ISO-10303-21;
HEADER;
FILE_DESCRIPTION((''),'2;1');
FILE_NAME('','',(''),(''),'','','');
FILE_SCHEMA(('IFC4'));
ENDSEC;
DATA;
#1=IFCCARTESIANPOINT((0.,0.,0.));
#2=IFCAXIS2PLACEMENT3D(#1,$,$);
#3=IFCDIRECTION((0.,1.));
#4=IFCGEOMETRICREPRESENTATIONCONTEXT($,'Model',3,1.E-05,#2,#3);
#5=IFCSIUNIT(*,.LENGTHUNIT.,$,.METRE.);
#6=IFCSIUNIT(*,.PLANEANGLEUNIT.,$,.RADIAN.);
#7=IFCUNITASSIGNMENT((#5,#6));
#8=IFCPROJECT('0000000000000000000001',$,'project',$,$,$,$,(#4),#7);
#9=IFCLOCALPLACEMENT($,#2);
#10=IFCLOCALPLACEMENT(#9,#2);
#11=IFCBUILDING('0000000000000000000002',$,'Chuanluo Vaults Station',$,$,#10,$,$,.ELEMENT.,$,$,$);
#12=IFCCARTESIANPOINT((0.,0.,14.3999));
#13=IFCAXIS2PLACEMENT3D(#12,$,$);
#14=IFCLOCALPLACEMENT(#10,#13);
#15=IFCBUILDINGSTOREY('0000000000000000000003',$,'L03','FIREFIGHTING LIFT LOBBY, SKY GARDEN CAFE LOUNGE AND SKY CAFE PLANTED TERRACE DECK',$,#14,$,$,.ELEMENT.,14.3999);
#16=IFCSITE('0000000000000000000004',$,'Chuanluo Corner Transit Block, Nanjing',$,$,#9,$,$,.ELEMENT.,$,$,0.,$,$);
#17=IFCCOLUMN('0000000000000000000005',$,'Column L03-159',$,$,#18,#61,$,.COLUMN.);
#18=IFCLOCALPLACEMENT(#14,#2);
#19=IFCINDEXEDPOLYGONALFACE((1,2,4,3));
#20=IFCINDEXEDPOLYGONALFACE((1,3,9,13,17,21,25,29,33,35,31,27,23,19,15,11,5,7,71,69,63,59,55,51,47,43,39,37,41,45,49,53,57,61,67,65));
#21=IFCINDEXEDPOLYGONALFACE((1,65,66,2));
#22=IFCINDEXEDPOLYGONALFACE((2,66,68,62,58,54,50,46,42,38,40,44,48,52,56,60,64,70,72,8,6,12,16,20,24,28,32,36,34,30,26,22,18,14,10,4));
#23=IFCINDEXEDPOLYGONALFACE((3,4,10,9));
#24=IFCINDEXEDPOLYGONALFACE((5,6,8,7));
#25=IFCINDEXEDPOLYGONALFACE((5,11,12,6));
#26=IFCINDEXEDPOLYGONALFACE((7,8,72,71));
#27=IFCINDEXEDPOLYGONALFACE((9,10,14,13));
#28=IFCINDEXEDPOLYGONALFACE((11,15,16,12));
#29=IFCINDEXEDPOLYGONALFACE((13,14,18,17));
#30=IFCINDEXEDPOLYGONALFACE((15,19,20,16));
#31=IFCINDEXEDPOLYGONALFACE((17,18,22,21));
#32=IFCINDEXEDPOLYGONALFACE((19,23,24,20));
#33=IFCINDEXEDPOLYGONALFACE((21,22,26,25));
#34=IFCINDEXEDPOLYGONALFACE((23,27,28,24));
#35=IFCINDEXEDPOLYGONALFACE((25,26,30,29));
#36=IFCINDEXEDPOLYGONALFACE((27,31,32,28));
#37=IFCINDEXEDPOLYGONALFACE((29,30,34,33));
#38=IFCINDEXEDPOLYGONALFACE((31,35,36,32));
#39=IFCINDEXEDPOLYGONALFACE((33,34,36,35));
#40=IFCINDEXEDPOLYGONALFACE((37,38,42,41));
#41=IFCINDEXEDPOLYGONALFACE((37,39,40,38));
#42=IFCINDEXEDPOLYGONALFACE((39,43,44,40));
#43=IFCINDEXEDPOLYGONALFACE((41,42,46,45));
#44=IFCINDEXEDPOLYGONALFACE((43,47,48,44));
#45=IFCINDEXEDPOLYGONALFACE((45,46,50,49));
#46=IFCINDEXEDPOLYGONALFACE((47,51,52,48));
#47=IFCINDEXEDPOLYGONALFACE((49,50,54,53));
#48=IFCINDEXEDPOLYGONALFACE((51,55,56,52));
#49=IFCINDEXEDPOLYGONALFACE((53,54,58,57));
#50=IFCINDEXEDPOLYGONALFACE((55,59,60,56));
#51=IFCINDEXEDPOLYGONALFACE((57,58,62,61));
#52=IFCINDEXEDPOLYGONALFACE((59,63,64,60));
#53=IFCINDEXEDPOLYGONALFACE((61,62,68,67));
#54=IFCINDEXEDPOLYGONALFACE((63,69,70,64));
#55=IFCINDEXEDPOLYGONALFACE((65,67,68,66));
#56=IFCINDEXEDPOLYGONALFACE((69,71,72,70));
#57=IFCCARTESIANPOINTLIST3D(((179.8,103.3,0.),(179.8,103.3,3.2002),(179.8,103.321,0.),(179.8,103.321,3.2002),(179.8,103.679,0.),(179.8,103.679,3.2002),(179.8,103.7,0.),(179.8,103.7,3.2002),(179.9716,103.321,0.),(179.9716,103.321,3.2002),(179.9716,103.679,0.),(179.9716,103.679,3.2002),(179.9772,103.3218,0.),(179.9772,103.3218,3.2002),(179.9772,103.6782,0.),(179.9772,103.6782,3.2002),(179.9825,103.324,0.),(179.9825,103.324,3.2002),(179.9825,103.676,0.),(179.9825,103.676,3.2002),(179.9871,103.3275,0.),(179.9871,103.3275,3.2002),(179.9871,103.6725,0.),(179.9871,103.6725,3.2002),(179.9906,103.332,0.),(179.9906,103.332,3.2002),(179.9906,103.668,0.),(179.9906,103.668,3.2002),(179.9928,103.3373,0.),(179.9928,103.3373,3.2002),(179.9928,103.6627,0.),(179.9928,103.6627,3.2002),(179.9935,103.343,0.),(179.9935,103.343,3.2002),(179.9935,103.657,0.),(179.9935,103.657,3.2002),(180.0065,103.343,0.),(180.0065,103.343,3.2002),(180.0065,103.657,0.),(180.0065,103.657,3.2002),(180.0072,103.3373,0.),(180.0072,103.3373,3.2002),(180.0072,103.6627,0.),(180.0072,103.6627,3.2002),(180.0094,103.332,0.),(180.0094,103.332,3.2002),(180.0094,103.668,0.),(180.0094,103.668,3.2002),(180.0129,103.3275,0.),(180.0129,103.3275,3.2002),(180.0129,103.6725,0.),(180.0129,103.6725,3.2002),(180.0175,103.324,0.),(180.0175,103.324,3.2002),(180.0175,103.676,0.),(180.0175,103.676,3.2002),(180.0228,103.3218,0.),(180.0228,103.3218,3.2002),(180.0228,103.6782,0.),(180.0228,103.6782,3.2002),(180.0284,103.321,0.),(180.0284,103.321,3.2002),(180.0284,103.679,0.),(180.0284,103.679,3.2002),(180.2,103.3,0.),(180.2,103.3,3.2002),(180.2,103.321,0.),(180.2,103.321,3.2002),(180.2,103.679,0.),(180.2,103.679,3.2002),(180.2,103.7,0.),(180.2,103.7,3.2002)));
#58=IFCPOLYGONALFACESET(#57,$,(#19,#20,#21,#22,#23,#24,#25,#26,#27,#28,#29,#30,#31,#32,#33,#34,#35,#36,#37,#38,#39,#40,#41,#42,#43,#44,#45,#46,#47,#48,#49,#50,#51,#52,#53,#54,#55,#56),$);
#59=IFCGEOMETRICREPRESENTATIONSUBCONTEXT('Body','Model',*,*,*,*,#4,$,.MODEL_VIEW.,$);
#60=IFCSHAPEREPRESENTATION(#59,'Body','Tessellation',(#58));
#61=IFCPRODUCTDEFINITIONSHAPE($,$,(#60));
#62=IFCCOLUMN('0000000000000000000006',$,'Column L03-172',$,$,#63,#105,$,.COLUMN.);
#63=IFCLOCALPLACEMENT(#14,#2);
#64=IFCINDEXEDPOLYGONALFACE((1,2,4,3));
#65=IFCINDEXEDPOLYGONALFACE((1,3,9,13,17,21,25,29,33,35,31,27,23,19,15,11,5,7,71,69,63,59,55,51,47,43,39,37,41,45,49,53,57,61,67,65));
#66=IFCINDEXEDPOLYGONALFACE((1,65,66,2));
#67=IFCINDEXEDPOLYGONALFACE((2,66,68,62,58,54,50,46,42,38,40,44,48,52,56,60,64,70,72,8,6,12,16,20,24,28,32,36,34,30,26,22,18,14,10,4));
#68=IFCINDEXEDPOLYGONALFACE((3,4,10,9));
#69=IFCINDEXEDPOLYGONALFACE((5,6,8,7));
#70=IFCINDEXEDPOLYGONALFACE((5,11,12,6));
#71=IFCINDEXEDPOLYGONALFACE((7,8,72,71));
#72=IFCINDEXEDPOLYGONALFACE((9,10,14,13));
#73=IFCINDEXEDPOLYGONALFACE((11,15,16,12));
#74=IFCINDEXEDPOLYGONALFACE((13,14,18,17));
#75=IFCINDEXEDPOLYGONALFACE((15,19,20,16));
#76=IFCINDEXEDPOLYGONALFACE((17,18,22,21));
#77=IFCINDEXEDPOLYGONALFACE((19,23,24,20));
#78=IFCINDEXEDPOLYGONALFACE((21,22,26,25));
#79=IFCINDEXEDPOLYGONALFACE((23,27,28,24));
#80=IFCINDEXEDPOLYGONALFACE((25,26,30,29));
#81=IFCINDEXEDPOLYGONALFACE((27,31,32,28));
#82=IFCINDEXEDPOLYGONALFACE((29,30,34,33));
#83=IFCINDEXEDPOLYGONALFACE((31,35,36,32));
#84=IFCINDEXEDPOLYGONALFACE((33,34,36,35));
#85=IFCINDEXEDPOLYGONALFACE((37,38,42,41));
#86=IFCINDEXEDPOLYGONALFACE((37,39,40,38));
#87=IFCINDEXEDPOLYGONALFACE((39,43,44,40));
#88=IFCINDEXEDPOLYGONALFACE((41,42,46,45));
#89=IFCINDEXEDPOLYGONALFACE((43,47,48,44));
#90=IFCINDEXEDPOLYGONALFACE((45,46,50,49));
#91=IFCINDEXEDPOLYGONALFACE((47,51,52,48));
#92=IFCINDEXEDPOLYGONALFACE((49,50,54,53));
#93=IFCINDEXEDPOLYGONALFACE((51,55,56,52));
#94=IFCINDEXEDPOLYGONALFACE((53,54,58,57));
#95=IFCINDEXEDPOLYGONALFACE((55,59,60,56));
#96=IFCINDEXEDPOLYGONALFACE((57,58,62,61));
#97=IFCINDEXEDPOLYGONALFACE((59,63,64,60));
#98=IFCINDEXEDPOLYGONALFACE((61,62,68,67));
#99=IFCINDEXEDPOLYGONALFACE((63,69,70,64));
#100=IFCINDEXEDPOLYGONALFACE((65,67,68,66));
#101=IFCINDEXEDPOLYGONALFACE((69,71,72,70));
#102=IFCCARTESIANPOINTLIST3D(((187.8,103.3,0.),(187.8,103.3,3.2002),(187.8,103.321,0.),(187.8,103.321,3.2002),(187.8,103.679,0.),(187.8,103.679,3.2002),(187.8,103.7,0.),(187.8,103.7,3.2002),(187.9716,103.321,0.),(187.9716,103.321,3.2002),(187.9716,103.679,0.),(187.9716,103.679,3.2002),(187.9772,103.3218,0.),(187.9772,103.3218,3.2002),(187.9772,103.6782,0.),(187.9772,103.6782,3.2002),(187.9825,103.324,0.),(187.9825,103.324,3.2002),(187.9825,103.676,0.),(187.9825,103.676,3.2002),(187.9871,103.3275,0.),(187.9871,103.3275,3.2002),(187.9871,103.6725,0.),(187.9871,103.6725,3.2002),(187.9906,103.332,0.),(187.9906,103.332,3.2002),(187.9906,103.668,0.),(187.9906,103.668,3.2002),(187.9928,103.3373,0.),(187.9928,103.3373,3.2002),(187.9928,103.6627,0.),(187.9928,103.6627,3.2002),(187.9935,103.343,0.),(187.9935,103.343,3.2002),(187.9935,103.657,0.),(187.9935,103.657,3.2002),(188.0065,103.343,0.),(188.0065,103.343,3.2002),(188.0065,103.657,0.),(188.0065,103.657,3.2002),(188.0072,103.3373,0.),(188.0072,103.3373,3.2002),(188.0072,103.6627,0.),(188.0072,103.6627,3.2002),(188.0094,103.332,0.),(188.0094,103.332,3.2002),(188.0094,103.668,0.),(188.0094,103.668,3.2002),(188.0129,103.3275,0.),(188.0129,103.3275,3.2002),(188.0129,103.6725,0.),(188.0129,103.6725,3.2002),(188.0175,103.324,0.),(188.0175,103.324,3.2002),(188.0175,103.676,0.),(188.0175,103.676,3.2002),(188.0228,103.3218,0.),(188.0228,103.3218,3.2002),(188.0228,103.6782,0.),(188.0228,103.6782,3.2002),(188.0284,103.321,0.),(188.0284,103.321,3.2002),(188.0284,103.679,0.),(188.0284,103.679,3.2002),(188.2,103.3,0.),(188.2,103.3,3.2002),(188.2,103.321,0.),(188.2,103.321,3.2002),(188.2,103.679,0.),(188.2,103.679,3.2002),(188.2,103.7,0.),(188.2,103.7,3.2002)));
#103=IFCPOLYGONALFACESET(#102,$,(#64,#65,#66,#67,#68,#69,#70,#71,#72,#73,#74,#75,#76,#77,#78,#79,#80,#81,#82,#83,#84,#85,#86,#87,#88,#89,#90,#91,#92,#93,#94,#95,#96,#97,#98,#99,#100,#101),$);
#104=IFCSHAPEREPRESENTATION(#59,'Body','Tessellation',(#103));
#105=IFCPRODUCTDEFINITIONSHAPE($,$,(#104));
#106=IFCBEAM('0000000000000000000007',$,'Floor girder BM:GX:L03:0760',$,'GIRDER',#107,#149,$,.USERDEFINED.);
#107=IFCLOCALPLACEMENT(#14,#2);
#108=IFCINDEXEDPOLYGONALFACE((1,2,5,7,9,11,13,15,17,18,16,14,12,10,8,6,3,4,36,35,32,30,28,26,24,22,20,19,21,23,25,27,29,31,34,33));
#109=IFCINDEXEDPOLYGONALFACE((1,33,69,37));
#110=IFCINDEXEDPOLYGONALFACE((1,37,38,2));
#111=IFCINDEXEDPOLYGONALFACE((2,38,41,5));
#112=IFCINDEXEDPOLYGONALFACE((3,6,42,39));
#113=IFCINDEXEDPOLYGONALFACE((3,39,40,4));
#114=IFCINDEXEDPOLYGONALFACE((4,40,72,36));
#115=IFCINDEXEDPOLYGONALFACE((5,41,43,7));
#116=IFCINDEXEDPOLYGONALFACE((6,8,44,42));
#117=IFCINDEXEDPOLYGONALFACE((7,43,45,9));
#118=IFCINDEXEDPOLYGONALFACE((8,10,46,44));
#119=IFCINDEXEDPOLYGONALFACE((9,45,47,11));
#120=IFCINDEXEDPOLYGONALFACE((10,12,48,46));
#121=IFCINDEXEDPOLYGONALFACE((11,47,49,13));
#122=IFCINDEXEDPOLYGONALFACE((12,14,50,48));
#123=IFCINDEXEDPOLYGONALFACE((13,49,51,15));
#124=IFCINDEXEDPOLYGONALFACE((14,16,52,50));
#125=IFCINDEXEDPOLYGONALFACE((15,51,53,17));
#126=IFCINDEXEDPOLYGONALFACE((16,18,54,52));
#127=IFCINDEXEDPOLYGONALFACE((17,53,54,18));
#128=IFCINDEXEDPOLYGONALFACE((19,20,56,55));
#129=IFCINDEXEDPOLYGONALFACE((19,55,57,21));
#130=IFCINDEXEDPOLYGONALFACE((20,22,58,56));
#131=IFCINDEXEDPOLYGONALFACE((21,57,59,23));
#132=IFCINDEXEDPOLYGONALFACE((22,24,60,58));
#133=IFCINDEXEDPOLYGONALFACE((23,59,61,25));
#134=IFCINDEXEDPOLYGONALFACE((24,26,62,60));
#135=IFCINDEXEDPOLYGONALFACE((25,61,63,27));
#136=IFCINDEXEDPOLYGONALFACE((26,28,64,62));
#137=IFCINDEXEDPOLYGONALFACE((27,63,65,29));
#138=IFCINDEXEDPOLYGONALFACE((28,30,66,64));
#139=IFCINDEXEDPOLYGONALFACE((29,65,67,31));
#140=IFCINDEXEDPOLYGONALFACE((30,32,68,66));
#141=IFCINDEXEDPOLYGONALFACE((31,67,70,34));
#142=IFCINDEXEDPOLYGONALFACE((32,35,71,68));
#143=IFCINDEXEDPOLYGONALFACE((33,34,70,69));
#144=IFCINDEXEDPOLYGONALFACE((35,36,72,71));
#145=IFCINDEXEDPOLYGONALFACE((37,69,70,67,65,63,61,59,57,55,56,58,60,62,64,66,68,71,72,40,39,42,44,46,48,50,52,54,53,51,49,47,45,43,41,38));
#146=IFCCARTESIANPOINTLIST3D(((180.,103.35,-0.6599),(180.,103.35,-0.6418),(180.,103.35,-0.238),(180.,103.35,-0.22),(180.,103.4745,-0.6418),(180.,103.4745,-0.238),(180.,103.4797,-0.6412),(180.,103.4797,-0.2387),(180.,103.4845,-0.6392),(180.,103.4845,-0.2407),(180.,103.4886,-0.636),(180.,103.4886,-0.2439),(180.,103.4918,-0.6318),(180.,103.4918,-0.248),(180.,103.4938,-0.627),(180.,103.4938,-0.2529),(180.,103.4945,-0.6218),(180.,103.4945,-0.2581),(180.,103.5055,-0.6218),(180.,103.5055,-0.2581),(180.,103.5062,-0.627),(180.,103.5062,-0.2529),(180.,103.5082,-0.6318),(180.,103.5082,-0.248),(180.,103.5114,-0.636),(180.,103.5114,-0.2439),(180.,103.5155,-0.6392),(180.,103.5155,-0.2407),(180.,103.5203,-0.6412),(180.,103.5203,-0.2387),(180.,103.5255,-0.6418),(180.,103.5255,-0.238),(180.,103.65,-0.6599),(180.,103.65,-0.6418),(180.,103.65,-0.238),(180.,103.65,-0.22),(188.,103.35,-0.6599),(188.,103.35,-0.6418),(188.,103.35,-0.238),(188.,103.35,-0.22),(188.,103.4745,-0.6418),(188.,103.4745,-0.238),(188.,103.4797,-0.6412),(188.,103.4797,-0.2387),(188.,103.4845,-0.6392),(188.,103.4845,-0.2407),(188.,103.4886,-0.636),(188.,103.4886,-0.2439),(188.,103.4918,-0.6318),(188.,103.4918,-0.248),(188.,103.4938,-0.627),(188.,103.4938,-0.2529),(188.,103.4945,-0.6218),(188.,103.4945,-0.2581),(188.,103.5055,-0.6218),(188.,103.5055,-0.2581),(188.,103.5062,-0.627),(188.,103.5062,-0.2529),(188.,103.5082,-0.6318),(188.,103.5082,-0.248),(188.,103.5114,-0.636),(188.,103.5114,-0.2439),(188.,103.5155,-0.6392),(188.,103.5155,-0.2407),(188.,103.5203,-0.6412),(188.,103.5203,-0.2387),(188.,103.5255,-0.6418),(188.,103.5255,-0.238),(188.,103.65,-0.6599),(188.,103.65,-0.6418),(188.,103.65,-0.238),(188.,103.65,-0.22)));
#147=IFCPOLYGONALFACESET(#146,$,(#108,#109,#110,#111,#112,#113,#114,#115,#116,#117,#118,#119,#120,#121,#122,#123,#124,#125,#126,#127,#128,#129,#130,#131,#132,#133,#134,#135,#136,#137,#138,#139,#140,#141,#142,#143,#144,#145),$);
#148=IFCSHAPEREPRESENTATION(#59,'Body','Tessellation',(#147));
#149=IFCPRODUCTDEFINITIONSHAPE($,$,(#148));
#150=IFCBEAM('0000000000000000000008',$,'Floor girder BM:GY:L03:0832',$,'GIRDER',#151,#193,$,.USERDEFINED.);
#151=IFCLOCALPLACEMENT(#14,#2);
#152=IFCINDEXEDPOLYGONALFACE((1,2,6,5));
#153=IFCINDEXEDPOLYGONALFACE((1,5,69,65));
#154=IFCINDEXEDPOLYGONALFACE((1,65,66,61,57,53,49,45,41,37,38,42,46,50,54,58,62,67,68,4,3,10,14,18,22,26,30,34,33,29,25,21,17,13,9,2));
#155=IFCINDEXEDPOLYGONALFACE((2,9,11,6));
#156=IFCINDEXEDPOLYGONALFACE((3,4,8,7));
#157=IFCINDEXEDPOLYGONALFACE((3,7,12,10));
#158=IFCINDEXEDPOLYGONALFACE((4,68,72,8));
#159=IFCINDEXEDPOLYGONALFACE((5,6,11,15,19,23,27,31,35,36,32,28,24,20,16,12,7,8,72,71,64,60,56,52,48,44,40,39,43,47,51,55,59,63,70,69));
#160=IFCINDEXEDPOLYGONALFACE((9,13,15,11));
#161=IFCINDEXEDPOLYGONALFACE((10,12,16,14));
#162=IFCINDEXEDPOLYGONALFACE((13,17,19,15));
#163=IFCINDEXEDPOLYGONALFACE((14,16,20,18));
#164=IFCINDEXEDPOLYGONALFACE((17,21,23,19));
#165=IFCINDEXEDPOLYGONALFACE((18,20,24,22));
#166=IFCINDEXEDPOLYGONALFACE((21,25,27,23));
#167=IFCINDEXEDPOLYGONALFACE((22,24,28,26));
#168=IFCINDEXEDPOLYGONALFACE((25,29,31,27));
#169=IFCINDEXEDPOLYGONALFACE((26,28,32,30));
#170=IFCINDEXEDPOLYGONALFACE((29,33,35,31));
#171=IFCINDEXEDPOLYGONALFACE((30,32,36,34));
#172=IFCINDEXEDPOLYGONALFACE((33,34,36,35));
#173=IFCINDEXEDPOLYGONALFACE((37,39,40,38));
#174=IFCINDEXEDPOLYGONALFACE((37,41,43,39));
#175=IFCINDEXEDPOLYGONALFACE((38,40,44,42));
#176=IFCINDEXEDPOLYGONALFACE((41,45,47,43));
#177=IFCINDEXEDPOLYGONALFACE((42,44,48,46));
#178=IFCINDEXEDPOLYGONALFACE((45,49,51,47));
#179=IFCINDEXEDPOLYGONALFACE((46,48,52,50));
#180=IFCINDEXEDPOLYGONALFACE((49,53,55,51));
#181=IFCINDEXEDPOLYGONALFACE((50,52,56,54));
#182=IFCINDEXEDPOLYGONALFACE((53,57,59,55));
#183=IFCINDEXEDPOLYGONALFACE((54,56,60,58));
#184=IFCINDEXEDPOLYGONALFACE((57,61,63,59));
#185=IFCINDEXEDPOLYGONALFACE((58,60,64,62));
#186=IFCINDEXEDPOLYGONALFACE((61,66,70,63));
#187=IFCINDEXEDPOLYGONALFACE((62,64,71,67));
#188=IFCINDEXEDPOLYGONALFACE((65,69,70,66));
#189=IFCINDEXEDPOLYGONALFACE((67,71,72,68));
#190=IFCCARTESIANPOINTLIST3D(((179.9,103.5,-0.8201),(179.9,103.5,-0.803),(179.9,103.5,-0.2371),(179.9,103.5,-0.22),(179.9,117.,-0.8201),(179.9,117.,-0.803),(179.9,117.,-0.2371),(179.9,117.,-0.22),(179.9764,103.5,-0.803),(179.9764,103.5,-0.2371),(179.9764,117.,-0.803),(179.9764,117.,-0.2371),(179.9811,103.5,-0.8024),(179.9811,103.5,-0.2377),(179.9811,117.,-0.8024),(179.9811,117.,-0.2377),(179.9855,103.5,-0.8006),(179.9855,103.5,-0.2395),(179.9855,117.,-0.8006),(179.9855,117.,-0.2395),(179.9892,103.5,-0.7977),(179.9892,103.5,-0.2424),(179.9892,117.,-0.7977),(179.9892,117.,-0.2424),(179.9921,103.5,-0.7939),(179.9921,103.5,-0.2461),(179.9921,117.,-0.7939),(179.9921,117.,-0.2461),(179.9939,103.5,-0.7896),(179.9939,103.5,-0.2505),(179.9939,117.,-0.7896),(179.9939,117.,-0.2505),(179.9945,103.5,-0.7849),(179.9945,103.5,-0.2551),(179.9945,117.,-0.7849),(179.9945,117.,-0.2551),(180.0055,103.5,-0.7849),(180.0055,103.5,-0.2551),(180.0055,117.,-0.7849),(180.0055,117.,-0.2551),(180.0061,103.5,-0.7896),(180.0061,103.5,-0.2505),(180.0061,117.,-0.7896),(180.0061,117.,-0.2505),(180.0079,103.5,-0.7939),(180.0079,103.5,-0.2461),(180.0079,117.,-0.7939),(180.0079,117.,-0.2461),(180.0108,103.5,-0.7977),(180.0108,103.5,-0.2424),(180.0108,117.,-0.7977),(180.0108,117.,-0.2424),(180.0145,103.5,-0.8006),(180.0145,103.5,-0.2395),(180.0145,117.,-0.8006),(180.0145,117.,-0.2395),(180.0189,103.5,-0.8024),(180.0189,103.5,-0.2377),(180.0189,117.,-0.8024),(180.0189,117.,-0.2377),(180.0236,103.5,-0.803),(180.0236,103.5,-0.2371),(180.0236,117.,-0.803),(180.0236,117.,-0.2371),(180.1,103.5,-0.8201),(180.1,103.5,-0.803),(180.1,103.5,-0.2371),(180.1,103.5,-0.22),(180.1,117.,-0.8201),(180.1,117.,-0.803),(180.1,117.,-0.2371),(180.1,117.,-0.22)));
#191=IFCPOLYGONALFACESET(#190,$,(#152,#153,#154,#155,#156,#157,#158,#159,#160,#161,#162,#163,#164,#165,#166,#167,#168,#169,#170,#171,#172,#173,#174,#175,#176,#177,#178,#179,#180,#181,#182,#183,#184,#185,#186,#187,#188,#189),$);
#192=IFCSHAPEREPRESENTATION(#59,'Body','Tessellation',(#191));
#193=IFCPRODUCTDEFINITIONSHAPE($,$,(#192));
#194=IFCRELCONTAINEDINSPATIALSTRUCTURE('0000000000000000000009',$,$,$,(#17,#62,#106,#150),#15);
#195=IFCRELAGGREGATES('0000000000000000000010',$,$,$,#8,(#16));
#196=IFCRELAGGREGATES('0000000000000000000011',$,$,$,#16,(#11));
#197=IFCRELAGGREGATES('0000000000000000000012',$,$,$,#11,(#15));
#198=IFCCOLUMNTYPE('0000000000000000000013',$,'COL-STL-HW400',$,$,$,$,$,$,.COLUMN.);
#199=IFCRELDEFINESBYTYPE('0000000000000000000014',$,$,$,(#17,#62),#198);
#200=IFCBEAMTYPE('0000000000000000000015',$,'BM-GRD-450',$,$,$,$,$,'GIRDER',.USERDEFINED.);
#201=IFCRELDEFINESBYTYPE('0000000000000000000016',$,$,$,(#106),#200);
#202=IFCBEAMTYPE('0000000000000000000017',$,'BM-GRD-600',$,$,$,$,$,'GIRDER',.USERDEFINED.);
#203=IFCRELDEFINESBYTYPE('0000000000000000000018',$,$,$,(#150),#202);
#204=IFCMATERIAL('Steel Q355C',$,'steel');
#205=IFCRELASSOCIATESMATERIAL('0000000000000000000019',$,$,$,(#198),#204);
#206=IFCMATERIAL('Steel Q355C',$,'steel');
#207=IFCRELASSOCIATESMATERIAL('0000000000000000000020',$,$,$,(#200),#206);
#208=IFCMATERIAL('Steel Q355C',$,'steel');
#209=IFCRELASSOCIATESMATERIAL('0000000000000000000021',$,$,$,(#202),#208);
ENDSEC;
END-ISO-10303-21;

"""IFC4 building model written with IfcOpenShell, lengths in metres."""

from ifc_helpers import new_model, si_unit, direction, frame, origin, origin_2d, place, context, subcontext, project, spatial, i_section, extrude, material, material_profile, profile_set, type_object, element, save


model = new_model("IFC4")

# Units and contexts
model_context = context("Model", 3, precision=1e-05, world=origin(), true_north=direction((0.0, 1.0)))
body_context = subcontext(model_context, "Body", "Model", "MODEL_VIEW")
ifc_project = project(units=[si_unit("LENGTHUNIT", "METRE"), si_unit("PLANEANGLEUNIT", "RADIAN")], contexts=[model_context])

# Site, building, storey
site_placement = place(None, origin())
site = spatial("IfcSite", under=ifc_project, at=site_placement, Name="Chuanluo Corner Transit Block, Nanjing", CompositionType="ELEMENT", RefElevation=0.0)
building_placement = place(site_placement, origin())
building = spatial("IfcBuilding", under=site, at=building_placement, Name="Chuanluo Vaults Station", CompositionType="ELEMENT")
storey_placement = place(building_placement, frame((0.0, 0.0, 14.3999)))
storey = spatial("IfcBuildingStorey", under=building, at=storey_placement, Name="L03", Description="FIREFIGHTING LIFT LOBBY, SKY GARDEN CAFE LOUNGE AND SKY CAFE PLANTED TERRACE DECK", CompositionType="ELEMENT", Elevation=14.3999)

# Columns
ifc_material_1 = material(Name="Steel Q355C", Category="steel")
ifc_material_profile_1 = material_profile(ifc_material_1, i_section(OverallWidth=0.3999, OverallDepth=0.3999, WebThickness=0.0129, FlangeThickness=0.021, FilletRadius=0.022, at=origin_2d()))
ifc_profile_set_1 = profile_set([ifc_material_profile_1], Name="Steel Q355C")
column_type = type_object("IfcColumnType", Name="COL-STL-HW400", PredefinedType="COLUMN", material=ifc_profile_set_1)
for number, where, z_axis, x_axis, name in (
    (1, (180.0, 103.5, 0.0), (0.0, 0.0, 1.0), (1.0, 0.0, 0.0), "Column L03-159"),
    (2, (188.0, 103.5, 0.0), (0.0, 0.0, 1.0), (1.0, 0.0, 0.0), "Column L03-172"),
):
    element("IfcColumn", number, at=place(storey_placement, frame(where, z_axis=z_axis, x_axis=x_axis)), inside=storey, type_object=column_type, Name=name, PredefinedType="COLUMN", context=body_context, shape_type="SweptSolid", body=[
        extrude(i_section(OverallWidth=0.3999, OverallDepth=0.3999, WebThickness=0.0129, FlangeThickness=0.021, FilletRadius=0.022, at=origin_2d()), origin(), (0.0, 0.0, 1.0), 3.2002),
    ])

# Beams
ifc_material_2 = material(Name="Steel Q355C", Category="steel")
ifc_material_profile_2 = material_profile(ifc_material_2, i_section(OverallWidth=0.3, OverallDepth=0.4399, WebThickness=0.011, FlangeThickness=0.0181, FilletRadius=0.02, at=origin_2d()))
ifc_profile_set_2 = profile_set([ifc_material_profile_2], Name="Steel Q355C")
beam_type_1 = type_object("IfcBeamType", Name="BM-GRD-450", ElementType="GIRDER", PredefinedType="USERDEFINED", material=ifc_profile_set_2)
beam_1_placement = place(storey_placement, frame((180.0, 103.5, -0.4399), z_axis=(1.0, 0.0, 0.0), x_axis=(0.0, 1.0, 0.0)))
element("IfcBeam", 3, at=beam_1_placement, inside=storey, type_object=beam_type_1, Name="Floor girder BM:GX:L03:0760", ObjectType="GIRDER", PredefinedType="USERDEFINED", context=body_context, shape_type="SweptSolid", body=[
    extrude(i_section(OverallWidth=0.3, OverallDepth=0.4399, WebThickness=0.011, FlangeThickness=0.0181, FilletRadius=0.02, at=origin_2d()), origin(), (0.0, 0.0, 1.0), 8.0),
])
ifc_material_3 = material(Name="Steel Q355C", Category="steel")
ifc_material_profile_3 = material_profile(ifc_material_3, i_section(OverallWidth=0.2, OverallDepth=0.6001, WebThickness=0.011, FlangeThickness=0.0171, FilletRadius=0.0181, at=origin_2d()))
ifc_profile_set_3 = profile_set([ifc_material_profile_3], Name="Steel Q355C")
beam_type_2 = type_object("IfcBeamType", Name="BM-GRD-600", ElementType="GIRDER", PredefinedType="USERDEFINED", material=ifc_profile_set_3)
beam_2_placement = place(storey_placement, frame((180.0, 103.5, -0.52), z_axis=(0.0, 1.0, 0.0), x_axis=(-1.0, 0.0, 0.0)))
element("IfcBeam", 4, at=beam_2_placement, inside=storey, type_object=beam_type_2, Name="Floor girder BM:GY:L03:0832", ObjectType="GIRDER", PredefinedType="USERDEFINED", context=body_context, shape_type="SweptSolid", body=[
    extrude(i_section(OverallWidth=0.2, OverallDepth=0.6001, WebThickness=0.011, FlangeThickness=0.0171, FilletRadius=0.0181, at=origin_2d()), origin(), (0.0, 0.0, 1.0), 13.5),
])

save(model, "model.ifc")
